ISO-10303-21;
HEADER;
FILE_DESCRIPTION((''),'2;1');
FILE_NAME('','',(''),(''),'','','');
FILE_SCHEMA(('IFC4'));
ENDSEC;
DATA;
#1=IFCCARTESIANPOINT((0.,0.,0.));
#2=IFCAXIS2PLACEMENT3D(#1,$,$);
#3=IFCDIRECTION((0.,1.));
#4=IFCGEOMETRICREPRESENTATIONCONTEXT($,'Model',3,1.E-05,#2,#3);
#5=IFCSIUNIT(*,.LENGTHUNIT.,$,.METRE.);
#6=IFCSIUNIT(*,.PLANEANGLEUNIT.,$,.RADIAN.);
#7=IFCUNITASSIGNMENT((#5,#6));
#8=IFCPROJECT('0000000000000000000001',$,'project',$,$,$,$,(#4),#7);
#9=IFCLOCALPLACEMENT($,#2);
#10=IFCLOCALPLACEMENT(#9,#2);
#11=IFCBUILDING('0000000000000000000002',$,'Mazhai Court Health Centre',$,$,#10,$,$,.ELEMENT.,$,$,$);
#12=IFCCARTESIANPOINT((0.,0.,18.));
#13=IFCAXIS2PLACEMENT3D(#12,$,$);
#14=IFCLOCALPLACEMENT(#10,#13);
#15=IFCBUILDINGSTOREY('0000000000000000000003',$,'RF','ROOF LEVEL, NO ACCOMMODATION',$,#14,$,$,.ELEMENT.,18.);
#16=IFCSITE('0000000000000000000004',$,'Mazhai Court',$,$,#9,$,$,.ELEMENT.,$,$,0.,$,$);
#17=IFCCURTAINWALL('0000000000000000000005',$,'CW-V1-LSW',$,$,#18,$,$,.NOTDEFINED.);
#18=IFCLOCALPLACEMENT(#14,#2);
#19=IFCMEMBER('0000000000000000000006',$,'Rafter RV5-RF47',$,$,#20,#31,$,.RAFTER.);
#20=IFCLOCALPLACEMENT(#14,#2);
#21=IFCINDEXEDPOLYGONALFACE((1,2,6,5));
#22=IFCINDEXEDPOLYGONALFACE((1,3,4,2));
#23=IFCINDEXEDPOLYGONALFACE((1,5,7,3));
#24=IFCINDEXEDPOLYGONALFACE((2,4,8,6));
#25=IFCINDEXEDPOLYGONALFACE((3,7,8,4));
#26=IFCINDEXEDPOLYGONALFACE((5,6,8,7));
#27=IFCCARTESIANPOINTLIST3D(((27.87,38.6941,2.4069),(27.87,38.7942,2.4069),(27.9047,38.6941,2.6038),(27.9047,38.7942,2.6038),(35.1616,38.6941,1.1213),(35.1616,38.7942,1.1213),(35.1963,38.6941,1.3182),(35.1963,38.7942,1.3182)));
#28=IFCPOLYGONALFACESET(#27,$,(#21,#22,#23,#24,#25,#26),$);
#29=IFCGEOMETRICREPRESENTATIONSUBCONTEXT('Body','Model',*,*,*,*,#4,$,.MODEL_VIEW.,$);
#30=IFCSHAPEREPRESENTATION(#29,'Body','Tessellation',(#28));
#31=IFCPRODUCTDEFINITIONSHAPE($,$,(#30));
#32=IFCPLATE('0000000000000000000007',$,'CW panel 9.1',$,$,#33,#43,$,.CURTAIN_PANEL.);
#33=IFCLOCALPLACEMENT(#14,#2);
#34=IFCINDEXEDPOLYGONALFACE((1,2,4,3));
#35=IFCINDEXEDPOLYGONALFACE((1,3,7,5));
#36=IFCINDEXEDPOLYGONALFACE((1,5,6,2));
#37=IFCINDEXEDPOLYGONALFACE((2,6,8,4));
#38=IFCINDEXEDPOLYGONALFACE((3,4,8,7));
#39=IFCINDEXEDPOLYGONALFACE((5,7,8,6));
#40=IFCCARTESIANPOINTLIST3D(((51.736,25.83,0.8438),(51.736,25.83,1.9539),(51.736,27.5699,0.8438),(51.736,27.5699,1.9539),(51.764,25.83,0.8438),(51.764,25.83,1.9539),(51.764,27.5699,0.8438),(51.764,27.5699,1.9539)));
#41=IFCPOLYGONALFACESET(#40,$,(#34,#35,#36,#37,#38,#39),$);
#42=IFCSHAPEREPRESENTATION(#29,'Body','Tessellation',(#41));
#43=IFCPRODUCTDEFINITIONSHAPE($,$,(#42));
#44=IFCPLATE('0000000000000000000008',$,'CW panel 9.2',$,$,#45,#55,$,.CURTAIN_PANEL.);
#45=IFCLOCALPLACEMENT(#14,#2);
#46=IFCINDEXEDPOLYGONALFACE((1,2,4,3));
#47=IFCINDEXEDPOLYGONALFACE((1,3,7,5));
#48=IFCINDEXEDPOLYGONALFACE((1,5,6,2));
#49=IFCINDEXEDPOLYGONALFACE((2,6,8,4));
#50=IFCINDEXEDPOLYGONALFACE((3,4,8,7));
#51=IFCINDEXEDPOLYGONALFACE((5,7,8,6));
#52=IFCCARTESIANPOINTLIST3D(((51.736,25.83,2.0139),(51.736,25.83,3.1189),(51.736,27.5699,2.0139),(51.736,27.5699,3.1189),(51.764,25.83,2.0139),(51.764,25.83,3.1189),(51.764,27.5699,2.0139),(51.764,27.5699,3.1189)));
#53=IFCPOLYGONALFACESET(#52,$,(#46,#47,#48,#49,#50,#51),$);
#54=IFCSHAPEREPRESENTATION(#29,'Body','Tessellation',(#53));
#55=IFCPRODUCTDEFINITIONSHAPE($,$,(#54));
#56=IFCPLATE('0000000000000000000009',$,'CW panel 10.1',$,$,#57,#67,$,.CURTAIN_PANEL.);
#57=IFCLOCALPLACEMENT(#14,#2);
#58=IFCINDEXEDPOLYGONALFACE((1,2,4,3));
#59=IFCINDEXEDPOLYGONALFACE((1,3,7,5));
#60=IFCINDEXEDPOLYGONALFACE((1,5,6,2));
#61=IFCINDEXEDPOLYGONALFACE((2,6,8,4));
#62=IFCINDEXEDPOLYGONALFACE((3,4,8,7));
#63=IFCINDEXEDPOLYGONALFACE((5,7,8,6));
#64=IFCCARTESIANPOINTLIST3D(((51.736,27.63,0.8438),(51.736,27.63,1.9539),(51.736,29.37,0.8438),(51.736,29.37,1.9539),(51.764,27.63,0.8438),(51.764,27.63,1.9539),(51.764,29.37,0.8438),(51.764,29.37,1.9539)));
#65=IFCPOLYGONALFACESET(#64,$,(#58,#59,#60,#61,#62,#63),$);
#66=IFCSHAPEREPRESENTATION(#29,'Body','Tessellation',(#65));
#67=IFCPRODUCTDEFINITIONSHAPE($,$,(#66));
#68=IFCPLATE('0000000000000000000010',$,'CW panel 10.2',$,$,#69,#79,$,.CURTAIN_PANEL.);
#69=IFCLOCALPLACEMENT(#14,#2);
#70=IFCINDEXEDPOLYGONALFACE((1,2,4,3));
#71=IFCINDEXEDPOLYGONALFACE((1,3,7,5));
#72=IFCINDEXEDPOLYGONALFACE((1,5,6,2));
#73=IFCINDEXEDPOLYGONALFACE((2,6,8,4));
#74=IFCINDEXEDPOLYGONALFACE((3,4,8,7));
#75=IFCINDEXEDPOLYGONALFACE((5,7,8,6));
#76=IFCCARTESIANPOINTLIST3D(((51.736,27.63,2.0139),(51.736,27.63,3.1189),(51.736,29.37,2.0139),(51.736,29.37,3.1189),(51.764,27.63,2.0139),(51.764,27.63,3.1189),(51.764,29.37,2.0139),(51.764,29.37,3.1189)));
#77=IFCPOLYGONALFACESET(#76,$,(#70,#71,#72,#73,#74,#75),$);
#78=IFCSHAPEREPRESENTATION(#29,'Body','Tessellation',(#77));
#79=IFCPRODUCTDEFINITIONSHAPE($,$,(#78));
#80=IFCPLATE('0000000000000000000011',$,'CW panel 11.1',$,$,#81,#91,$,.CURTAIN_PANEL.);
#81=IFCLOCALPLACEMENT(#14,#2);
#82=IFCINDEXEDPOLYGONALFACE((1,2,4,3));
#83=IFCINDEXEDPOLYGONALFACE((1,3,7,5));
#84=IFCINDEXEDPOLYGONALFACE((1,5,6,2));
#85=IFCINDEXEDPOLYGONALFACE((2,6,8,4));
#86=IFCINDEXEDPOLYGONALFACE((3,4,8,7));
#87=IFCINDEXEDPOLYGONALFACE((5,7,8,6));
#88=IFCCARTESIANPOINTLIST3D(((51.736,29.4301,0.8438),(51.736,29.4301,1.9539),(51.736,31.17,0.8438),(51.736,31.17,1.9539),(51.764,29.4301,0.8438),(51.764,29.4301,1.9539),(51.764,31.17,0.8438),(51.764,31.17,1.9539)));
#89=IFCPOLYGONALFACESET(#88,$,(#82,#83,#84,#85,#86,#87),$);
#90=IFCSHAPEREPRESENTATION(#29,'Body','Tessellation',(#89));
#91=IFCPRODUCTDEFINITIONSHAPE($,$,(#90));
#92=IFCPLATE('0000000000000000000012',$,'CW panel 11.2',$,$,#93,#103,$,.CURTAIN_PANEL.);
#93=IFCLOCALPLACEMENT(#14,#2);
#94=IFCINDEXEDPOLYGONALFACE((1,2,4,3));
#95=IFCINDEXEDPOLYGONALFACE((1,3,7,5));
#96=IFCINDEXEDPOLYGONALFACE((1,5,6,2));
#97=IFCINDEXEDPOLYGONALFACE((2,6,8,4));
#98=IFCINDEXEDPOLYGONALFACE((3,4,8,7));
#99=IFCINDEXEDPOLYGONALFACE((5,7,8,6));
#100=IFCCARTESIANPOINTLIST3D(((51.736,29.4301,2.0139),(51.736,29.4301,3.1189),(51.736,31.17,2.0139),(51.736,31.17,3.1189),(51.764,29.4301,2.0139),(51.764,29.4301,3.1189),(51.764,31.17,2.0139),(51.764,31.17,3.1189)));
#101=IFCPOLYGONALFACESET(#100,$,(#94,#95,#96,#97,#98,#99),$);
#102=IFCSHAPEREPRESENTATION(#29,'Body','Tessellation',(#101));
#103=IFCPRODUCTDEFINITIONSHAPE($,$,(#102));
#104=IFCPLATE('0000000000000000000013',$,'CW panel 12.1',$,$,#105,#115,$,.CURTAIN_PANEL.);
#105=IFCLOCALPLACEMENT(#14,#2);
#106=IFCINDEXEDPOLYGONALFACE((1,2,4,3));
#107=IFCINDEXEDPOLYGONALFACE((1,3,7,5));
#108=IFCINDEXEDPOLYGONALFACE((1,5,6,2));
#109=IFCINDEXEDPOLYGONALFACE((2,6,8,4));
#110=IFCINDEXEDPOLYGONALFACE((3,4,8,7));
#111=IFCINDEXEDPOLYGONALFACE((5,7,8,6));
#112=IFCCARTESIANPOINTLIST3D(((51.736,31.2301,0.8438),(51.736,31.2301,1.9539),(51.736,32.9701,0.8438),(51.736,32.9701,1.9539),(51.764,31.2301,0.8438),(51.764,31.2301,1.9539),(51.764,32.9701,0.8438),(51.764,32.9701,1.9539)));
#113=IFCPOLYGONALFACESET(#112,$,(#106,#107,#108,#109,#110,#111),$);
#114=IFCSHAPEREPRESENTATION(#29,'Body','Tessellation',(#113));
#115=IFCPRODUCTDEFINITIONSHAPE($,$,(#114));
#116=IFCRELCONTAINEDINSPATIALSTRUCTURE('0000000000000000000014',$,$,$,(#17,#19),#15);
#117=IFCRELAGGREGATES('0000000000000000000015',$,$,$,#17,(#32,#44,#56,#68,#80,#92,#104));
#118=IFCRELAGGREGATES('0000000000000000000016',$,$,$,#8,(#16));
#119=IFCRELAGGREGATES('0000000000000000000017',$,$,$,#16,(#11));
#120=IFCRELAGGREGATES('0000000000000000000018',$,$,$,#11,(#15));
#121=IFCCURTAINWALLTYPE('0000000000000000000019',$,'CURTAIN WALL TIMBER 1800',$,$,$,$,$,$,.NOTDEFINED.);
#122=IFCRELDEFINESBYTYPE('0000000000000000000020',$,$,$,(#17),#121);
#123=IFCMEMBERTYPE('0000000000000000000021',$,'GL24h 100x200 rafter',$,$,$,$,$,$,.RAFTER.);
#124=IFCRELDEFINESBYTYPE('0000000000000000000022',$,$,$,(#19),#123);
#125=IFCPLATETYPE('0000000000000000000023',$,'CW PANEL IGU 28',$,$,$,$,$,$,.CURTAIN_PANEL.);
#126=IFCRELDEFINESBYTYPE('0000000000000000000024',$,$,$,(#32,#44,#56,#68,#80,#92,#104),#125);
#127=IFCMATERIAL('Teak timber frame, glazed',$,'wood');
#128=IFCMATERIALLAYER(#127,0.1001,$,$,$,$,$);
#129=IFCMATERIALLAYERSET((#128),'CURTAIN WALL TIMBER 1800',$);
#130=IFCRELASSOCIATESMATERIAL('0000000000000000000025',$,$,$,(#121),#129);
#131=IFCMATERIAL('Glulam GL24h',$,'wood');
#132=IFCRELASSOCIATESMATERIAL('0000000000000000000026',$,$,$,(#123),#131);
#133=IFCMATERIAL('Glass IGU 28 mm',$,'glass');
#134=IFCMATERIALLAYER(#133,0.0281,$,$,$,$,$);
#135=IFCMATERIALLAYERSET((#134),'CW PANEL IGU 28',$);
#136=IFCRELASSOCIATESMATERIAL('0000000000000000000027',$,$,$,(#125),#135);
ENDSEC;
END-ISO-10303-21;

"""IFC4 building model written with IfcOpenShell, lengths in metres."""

from ifc_helpers import new_model, si_unit, direction, frame, origin, origin_2d, place, context, subcontext, project, spatial, rectangle, extrude, material, layer, layer_set, material_profile, profile_set, type_object, element, aggregate, save


model = new_model("IFC4")

# Units and contexts
model_context = context("Model", 3, precision=1e-05, world=origin(), true_north=direction((0.0, 1.0)))
body_context = subcontext(model_context, "Body", "Model", "MODEL_VIEW")
ifc_project = project(units=[si_unit("LENGTHUNIT", "METRE"), si_unit("PLANEANGLEUNIT", "RADIAN")], contexts=[model_context])

# Site, building, storey
site_placement = place(None, origin())
site = spatial("IfcSite", under=ifc_project, at=site_placement, Name="Mazhai Court", CompositionType="ELEMENT", RefElevation=0.0)
building_placement = place(site_placement, origin())
building = spatial("IfcBuilding", under=site, at=building_placement, Name="Mazhai Court Health Centre", CompositionType="ELEMENT")
storey_placement = place(building_placement, frame((0.0, 0.0, 18.0)))
storey = spatial("IfcBuildingStorey", under=building, at=storey_placement, Name="RF", Description="ROOF LEVEL, NO ACCOMMODATION", CompositionType="ELEMENT", Elevation=18.0)

# Curtain wall
ifc_material_1 = material(Name="Teak timber frame, glazed", Category="wood")
ifc_layer_1 = layer(ifc_material_1, 0.1001)
ifc_layer_set_1 = layer_set([ifc_layer_1], Name="CURTAIN WALL TIMBER 1800")
curtain_wall_type = type_object("IfcCurtainWallType", Name="CURTAIN WALL TIMBER 1800", PredefinedType="NOTDEFINED", material=ifc_layer_set_1)
curtain_wall_placement = place(storey_placement, origin())
curtain_wall = element("IfcCurtainWall", 1, at=curtain_wall_placement, inside=storey, type_object=curtain_wall_type, Name="CW-V1-LSW", PredefinedType="NOTDEFINED")

# Member
ifc_material_2 = material(Name="Glulam GL24h", Category="wood")
ifc_material_profile_1 = material_profile(ifc_material_2, rectangle(XDim=0.1001, YDim=0.2, at=origin_2d()), Name="GL24h 100x200")
ifc_profile_set_1 = profile_set([ifc_material_profile_1], Name="Glulam GL24h")
member_type_1 = type_object("IfcMemberType", Name="GL24h 100x200 rafter", PredefinedType="RAFTER", material=ifc_profile_set_1)
member_1_placement = place(storey_placement, frame((35.179, 38.7441, 1.2197), z_axis=(-0.984809, 0.0, 0.173642), x_axis=(0.0, -1.0, 0.0)))
element("IfcMember", 2, at=member_1_placement, inside=storey, type_object=member_type_1, Name="Rafter RV5-RF47", PredefinedType="RAFTER", context=body_context, shape_type="SweptSolid", body=[
    extrude(rectangle(XDim=0.1001, YDim=0.2, at=origin_2d()), origin(), (0.0, 0.0, 1.0), 7.4041),
])

# Plates
ifc_material_3 = material(Name="Glass IGU 28 mm", Category="glass")
ifc_layer_2 = layer(ifc_material_3, 0.0281)
ifc_layer_set_2 = layer_set([ifc_layer_2], Name="CW PANEL IGU 28")
plate_type = type_object("IfcPlateType", Name="CW PANEL IGU 28", PredefinedType="CURTAIN_PANEL", material=ifc_layer_set_2)
plate_1_placement = place(storey_placement, frame((51.75, 26.7, 0.8438), z_axis=(0.0, 0.0, 1.0), x_axis=(0.0, 1.0, 0.0)))
plate_1 = element("IfcPlate", 3, at=plate_1_placement, type_object=plate_type, Name="CW panel 9.1", PredefinedType="CURTAIN_PANEL", context=body_context, shape_type="SweptSolid", body=[
    extrude(rectangle(XDim=1.74, YDim=0.0281, at=origin_2d()), origin(), (0.0, 0.0, 1.0), 1.1101),
])
plate_2_placement = place(storey_placement, frame((51.75, 26.7, 2.0139), z_axis=(0.0, 0.0, 1.0), x_axis=(0.0, 1.0, 0.0)))
plate_2 = element("IfcPlate", 4, at=plate_2_placement, type_object=plate_type, Name="CW panel 9.2", PredefinedType="CURTAIN_PANEL", context=body_context, shape_type="SweptSolid", body=[
    extrude(rectangle(XDim=1.74, YDim=0.0281, at=origin_2d()), origin(), (0.0, 0.0, 1.0), 1.105),
])
plate_3_placement = place(storey_placement, frame((51.75, 28.5, 0.8438), z_axis=(0.0, 0.0, 1.0), x_axis=(0.0, 1.0, 0.0)))
plate_3 = element("IfcPlate", 5, at=plate_3_placement, type_object=plate_type, Name="CW panel 10.1", PredefinedType="CURTAIN_PANEL", context=body_context, shape_type="SweptSolid", body=[
    extrude(rectangle(XDim=1.74, YDim=0.0281, at=origin_2d()), origin(), (0.0, 0.0, 1.0), 1.1101),
])
plate_4_placement = place(storey_placement, frame((51.75, 28.5, 2.0139), z_axis=(0.0, 0.0, 1.0), x_axis=(0.0, 1.0, 0.0)))
plate_4 = element("IfcPlate", 6, at=plate_4_placement, type_object=plate_type, Name="CW panel 10.2", PredefinedType="CURTAIN_PANEL", context=body_context, shape_type="SweptSolid", body=[
    extrude(rectangle(XDim=1.74, YDim=0.0281, at=origin_2d()), origin(), (0.0, 0.0, 1.0), 1.105),
])
plate_5_placement = place(storey_placement, frame((51.75, 30.3, 0.8438), z_axis=(0.0, 0.0, 1.0), x_axis=(0.0, 1.0, 0.0)))
plate_5 = element("IfcPlate", 7, at=plate_5_placement, type_object=plate_type, Name="CW panel 11.1", PredefinedType="CURTAIN_PANEL", context=body_context, shape_type="SweptSolid", body=[
    extrude(rectangle(XDim=1.74, YDim=0.0281, at=origin_2d()), origin(), (0.0, 0.0, 1.0), 1.1101),
])
plate_6_placement = place(storey_placement, frame((51.75, 30.3, 2.0139), z_axis=(0.0, 0.0, 1.0), x_axis=(0.0, 1.0, 0.0)))
plate_6 = element("IfcPlate", 8, at=plate_6_placement, type_object=plate_type, Name="CW panel 11.2", PredefinedType="CURTAIN_PANEL", context=body_context, shape_type="SweptSolid", body=[
    extrude(rectangle(XDim=1.74, YDim=0.0281, at=origin_2d()), origin(), (0.0, 0.0, 1.0), 1.105),
])
plate_7_placement = place(storey_placement, frame((51.75, 32.1001, 0.8438), z_axis=(0.0, 0.0, 1.0), x_axis=(0.0, 1.0, 0.0)))
plate_7 = element("IfcPlate", 9, at=plate_7_placement, type_object=plate_type, Name="CW panel 12.1", PredefinedType="CURTAIN_PANEL", context=body_context, shape_type="SweptSolid", body=[
    extrude(rectangle(XDim=1.74, YDim=0.0281, at=origin_2d()), origin(), (0.0, 0.0, 1.0), 1.1101),
])
aggregate(curtain_wall, [plate_1, plate_2, plate_3, plate_4, plate_5, plate_6, plate_7])

save(model, "model.ifc")
